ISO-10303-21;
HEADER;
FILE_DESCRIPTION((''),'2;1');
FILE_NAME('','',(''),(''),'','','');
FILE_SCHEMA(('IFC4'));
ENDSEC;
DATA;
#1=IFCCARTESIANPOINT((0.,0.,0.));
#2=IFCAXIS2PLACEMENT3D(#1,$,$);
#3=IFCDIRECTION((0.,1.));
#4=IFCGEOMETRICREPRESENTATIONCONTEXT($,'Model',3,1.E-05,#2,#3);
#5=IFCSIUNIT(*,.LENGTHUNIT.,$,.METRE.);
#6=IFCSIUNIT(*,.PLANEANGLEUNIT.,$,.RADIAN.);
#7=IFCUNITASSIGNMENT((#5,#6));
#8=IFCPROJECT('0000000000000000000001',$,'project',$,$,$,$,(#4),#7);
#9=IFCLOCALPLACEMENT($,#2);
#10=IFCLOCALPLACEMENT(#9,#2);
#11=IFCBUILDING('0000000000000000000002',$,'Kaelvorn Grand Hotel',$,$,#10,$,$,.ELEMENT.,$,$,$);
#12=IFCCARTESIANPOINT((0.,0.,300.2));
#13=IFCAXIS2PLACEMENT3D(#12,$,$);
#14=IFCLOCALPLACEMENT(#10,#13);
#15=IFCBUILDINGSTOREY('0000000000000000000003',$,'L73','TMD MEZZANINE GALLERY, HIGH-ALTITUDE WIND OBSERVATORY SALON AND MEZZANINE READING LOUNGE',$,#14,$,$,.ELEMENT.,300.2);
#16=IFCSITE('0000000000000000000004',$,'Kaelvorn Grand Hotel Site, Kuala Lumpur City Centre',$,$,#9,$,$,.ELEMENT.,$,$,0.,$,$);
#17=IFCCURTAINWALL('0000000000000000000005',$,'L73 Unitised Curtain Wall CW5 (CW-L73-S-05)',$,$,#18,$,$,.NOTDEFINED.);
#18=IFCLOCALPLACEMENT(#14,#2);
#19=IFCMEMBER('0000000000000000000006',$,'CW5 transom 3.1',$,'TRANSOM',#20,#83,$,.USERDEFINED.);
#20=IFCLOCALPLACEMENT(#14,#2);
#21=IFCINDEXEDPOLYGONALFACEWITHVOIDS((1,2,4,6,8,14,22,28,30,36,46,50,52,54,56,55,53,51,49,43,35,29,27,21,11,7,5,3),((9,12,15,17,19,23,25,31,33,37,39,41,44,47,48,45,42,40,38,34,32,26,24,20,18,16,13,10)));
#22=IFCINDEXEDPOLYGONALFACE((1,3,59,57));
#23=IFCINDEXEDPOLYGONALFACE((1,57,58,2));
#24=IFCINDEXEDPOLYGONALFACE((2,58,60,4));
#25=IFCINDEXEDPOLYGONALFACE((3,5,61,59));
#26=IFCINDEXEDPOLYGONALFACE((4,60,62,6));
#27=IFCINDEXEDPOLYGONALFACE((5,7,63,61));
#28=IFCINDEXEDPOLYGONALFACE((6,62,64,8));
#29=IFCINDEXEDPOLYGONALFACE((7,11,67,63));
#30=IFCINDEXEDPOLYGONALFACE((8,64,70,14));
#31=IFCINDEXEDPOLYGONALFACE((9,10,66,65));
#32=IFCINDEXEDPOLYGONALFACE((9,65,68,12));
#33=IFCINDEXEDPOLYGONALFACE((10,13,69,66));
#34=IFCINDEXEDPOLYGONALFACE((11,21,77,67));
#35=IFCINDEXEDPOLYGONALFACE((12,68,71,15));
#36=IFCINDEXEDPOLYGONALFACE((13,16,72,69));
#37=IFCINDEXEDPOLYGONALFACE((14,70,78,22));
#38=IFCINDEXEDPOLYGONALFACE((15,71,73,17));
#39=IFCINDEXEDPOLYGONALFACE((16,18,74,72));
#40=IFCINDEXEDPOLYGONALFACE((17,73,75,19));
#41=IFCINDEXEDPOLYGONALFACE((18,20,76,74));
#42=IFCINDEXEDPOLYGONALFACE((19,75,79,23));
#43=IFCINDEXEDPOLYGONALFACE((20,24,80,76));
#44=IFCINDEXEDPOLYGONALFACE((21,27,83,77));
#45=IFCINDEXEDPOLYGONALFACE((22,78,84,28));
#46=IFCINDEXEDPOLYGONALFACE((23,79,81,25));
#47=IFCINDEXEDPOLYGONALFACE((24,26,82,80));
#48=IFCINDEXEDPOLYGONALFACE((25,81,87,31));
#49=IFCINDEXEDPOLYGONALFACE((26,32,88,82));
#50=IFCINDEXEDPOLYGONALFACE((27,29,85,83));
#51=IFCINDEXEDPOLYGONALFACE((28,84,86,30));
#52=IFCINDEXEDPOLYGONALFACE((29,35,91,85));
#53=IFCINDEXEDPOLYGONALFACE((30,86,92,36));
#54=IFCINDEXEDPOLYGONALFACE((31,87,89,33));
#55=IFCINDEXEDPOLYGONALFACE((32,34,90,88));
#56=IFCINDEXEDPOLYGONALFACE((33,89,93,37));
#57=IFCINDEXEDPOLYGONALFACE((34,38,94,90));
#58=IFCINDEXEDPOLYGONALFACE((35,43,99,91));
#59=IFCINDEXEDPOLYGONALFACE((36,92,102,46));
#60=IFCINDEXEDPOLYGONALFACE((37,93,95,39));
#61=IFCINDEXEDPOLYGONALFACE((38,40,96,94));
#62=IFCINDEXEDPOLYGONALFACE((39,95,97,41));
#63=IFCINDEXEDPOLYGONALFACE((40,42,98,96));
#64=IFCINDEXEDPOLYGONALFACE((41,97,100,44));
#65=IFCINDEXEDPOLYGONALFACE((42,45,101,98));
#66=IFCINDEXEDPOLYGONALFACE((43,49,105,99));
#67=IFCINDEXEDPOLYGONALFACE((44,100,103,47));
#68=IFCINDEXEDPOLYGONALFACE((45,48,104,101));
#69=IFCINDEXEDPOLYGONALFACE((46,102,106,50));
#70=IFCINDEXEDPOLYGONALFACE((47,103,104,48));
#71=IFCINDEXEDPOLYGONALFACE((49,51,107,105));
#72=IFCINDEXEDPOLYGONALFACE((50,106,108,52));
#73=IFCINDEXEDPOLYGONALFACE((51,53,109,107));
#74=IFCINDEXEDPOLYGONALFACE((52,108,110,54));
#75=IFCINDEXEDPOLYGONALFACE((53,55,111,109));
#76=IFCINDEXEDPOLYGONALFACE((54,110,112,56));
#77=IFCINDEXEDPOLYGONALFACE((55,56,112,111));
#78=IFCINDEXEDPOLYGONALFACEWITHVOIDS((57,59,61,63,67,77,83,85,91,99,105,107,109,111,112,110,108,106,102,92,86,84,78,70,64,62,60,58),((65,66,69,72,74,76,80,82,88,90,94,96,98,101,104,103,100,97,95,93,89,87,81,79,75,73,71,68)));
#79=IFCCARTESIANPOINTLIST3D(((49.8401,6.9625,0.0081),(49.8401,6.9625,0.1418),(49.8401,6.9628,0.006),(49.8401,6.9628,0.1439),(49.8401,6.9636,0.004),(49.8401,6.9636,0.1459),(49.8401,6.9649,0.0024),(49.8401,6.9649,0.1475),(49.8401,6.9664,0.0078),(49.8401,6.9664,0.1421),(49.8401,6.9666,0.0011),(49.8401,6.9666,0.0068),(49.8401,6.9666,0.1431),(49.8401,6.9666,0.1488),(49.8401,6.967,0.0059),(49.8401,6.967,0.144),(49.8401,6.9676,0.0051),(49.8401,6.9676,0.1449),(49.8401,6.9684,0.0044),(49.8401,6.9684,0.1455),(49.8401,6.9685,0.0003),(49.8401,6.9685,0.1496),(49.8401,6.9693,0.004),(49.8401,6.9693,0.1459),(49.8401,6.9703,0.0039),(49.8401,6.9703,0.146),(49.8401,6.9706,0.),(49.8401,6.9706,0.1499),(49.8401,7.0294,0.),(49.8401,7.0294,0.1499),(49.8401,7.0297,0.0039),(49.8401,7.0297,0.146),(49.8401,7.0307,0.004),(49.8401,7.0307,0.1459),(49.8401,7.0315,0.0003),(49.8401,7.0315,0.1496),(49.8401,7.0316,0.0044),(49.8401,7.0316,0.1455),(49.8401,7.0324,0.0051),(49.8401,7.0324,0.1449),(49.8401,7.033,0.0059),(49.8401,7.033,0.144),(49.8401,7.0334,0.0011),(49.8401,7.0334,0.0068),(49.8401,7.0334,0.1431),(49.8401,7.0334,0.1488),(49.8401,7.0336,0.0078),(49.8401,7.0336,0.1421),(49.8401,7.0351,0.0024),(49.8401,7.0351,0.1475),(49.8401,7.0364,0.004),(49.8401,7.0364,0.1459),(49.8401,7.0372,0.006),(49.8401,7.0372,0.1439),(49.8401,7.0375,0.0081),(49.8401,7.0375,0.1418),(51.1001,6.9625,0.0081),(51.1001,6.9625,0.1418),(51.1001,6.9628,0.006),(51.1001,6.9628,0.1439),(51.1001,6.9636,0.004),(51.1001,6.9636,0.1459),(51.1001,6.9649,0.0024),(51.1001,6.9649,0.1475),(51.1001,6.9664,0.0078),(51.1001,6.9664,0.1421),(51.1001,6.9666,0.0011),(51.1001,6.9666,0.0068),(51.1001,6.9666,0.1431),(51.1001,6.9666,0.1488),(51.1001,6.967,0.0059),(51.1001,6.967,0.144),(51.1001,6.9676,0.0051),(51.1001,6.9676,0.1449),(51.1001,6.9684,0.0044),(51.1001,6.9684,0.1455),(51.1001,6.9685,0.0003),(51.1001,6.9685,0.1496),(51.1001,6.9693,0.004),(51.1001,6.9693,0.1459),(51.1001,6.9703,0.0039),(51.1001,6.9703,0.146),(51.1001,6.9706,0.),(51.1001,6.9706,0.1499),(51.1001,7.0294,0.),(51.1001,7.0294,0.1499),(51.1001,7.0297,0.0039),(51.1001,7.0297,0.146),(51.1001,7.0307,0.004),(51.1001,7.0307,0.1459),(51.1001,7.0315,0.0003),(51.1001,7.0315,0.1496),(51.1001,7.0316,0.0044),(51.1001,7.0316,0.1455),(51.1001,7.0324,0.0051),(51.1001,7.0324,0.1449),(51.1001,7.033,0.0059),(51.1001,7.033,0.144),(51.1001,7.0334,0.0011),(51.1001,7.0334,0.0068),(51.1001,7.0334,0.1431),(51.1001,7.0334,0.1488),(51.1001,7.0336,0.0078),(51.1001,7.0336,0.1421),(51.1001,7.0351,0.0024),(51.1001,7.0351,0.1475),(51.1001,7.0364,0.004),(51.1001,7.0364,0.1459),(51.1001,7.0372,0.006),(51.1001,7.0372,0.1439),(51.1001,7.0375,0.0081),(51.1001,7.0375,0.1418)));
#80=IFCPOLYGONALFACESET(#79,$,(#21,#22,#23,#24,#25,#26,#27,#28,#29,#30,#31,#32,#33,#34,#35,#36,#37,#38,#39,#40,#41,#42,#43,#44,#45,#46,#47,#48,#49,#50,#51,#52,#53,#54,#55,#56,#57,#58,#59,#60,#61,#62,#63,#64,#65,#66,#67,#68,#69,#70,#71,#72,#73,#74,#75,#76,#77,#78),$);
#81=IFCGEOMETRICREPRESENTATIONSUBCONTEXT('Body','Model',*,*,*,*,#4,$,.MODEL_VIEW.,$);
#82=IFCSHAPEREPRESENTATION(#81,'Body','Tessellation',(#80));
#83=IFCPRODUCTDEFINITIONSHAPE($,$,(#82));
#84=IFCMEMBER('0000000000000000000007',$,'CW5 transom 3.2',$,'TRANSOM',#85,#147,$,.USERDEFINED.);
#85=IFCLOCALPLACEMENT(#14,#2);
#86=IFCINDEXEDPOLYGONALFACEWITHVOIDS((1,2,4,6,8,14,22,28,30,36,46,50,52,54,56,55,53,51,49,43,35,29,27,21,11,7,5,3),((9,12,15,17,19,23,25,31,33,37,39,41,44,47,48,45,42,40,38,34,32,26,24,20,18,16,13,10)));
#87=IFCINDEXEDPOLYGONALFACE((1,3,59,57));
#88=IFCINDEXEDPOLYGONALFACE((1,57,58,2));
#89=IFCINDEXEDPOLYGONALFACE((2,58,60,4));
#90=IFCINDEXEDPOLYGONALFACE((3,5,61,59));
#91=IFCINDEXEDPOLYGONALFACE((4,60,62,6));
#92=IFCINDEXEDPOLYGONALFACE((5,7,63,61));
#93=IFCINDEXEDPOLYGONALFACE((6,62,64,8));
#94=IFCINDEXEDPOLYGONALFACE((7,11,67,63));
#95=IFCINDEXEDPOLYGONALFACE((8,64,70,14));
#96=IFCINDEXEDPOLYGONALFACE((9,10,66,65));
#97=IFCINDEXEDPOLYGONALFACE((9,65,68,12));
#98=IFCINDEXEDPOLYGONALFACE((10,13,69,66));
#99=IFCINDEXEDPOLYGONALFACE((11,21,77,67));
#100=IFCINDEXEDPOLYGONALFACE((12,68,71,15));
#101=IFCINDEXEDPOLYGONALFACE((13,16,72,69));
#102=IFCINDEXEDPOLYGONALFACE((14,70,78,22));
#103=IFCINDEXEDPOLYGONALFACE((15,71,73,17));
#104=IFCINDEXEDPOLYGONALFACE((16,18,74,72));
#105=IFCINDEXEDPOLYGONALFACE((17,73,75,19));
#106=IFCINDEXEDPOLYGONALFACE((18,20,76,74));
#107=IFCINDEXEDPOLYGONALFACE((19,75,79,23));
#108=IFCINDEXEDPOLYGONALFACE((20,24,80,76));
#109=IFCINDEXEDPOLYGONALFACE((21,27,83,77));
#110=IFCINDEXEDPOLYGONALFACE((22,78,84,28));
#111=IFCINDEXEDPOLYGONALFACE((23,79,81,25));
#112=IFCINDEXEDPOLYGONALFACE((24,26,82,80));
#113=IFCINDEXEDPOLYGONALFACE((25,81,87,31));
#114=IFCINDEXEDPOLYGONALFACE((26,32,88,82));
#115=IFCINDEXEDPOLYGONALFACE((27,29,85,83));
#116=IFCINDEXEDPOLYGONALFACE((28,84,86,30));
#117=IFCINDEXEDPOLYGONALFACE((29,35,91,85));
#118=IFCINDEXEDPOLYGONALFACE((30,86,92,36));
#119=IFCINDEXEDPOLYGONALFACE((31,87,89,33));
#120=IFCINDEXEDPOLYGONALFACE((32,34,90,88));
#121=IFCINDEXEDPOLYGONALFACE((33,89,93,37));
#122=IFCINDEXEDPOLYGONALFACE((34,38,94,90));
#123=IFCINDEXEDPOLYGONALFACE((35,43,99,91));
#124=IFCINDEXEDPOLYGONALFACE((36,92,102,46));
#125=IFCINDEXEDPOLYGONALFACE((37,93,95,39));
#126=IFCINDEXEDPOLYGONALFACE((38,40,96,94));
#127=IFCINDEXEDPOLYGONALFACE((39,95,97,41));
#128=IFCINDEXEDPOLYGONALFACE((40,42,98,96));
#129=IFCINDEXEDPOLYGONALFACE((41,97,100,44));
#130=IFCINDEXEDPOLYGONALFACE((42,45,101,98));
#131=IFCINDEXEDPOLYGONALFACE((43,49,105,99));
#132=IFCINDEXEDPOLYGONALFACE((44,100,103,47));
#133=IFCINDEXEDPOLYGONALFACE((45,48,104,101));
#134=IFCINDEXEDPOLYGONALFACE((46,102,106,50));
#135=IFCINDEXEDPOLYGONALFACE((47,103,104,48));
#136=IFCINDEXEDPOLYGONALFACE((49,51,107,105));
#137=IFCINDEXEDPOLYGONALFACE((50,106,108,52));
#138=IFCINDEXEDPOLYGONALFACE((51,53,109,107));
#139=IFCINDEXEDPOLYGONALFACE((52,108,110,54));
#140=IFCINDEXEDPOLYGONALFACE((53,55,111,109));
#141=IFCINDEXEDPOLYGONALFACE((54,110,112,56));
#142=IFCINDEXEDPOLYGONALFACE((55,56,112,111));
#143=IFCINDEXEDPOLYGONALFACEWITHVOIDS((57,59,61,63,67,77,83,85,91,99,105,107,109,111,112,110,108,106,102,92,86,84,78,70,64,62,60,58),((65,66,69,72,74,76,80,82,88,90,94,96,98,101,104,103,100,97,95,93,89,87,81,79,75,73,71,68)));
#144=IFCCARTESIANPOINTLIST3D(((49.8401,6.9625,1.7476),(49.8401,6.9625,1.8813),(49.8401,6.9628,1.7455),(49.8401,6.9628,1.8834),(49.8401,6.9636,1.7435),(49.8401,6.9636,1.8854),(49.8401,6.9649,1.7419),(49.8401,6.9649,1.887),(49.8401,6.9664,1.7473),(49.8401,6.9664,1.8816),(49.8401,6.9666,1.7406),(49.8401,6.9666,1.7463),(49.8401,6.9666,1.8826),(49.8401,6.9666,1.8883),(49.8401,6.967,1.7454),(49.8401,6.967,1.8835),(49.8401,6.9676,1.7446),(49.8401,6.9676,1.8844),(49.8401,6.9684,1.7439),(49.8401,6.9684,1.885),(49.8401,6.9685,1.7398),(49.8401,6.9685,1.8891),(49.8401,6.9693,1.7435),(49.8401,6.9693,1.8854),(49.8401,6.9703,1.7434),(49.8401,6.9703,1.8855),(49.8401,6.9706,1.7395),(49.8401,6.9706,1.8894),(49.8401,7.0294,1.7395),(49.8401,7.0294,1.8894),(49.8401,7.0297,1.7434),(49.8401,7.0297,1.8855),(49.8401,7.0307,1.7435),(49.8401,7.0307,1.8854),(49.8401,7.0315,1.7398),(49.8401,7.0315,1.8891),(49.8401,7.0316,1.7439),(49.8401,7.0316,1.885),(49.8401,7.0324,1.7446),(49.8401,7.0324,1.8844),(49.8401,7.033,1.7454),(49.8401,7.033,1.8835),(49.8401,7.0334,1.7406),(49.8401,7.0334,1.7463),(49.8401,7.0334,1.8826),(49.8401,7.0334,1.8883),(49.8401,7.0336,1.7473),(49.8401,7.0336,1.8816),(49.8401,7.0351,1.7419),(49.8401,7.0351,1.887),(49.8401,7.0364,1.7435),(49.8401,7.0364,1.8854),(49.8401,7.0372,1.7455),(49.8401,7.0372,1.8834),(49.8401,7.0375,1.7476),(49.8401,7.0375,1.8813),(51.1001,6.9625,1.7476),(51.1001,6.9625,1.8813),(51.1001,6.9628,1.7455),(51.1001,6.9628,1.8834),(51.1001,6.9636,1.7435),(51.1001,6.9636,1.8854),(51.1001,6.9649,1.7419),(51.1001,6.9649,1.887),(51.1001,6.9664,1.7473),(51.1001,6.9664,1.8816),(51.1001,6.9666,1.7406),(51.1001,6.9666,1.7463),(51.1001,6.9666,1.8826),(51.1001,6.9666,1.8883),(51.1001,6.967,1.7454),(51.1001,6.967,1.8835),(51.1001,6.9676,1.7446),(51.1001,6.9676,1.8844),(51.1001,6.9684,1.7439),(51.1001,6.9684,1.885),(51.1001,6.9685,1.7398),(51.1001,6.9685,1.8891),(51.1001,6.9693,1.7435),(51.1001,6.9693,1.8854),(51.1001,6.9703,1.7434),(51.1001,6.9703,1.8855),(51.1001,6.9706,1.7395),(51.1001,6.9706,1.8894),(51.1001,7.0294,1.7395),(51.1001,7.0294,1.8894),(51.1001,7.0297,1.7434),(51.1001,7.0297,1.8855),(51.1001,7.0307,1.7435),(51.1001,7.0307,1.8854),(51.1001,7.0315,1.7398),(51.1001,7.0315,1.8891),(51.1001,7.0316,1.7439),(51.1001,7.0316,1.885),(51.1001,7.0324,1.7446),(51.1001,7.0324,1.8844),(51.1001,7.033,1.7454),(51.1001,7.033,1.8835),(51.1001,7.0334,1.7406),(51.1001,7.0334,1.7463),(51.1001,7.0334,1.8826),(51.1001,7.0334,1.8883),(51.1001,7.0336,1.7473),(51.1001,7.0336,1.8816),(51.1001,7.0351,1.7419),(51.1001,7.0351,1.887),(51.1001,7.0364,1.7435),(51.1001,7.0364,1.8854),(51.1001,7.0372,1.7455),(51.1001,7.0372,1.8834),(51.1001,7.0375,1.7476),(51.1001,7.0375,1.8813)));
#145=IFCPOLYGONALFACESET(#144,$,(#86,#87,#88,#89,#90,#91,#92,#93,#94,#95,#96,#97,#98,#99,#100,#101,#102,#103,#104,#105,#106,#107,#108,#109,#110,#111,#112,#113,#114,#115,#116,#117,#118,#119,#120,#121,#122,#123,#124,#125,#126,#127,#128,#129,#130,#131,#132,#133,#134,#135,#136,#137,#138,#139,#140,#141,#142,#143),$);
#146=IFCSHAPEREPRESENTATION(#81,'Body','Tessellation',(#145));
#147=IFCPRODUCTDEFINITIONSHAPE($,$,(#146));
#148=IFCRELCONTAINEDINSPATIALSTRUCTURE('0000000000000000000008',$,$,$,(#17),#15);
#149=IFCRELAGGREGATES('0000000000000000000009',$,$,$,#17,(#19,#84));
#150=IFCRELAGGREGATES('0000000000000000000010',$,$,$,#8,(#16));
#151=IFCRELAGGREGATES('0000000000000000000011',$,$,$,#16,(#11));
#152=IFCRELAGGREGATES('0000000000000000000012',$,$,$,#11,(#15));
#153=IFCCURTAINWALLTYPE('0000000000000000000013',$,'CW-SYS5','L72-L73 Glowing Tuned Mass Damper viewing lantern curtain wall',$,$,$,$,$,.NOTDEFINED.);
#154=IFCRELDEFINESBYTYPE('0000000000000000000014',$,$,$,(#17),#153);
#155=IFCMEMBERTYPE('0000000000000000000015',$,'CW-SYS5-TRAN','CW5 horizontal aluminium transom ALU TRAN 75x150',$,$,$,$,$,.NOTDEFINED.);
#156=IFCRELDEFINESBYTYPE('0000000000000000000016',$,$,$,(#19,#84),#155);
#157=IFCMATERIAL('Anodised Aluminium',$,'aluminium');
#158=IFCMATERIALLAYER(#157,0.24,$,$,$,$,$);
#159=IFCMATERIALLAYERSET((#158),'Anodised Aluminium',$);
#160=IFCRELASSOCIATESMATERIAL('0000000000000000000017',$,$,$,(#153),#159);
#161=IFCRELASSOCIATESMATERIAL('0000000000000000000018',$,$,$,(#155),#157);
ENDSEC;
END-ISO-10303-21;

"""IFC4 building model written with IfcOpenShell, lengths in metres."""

from ifc_helpers import new_model, si_unit, direction, frame, origin, origin_2d, place, context, subcontext, project, spatial, hollow_rectangle, extrude, material, layer, layer_set, material_profile, profile_set, type_object, element, aggregate, save


model = new_model("IFC4")

# Units and contexts
model_context = context("Model", 3, precision=1e-05, world=origin(), true_north=direction((0.0, 1.0)))
body_context = subcontext(model_context, "Body", "Model", "MODEL_VIEW")
ifc_project = project(units=[si_unit("LENGTHUNIT", "METRE"), si_unit("PLANEANGLEUNIT", "RADIAN")], contexts=[model_context])

# Site, building, storey
site_placement = place(None, origin())
site = spatial("IfcSite", under=ifc_project, at=site_placement, Name="Kaelvorn Grand Hotel Site, Kuala Lumpur City Centre", CompositionType="ELEMENT", RefElevation=0.0)
building_placement = place(site_placement, origin())
building = spatial("IfcBuilding", under=site, at=building_placement, Name="Kaelvorn Grand Hotel", CompositionType="ELEMENT")
storey_placement = place(building_placement, frame((0.0, 0.0, 300.2)))
storey = spatial("IfcBuildingStorey", under=building, at=storey_placement, Name="L73", Description="TMD MEZZANINE GALLERY, HIGH-ALTITUDE WIND OBSERVATORY SALON AND MEZZANINE READING LOUNGE", CompositionType="ELEMENT", Elevation=300.2)

# Curtain wall, members
ifc_material_1 = material(Name="Anodised Aluminium", Category="aluminium")
ifc_layer_1 = layer(ifc_material_1, 0.24)
ifc_layer_set_1 = layer_set([ifc_layer_1], Name="Anodised Aluminium")
curtain_wall_type = type_object("IfcCurtainWallType", Name="CW-SYS5", Description="L72-L73 Glowing Tuned Mass Damper viewing lantern curtain wall", PredefinedType="NOTDEFINED", material=ifc_layer_set_1)
curtain_wall_placement = place(storey_placement, origin())
curtain_wall = element("IfcCurtainWall", 1, at=curtain_wall_placement, inside=storey, type_object=curtain_wall_type, Name="L73 Unitised Curtain Wall CW5 (CW-L73-S-05)", PredefinedType="NOTDEFINED")
ifc_material_profile_1 = material_profile(ifc_material_1, hollow_rectangle(XDim=0.075, YDim=0.1499, WallThickness=0.0039, InnerFilletRadius=0.0039, OuterFilletRadius=0.0081, at=origin_2d()), Name="ALU TRAN 75x150")
ifc_profile_set_1 = profile_set([ifc_material_profile_1], Name="Anodised Aluminium")
member_type_1 = type_object("IfcMemberType", Name="CW-SYS5-TRAN", Description="CW5 horizontal aluminium transom ALU TRAN 75x150", PredefinedType="NOTDEFINED", material=ifc_profile_set_1)
member_1_placement = place(storey_placement, frame((49.8401, 7.0, 0.075), z_axis=(1.0, 0.0, 0.0), x_axis=(0.0, 1.0, 0.0)))
member_1 = element("IfcMember", 2, at=member_1_placement, type_object=member_type_1, Name="CW5 transom 3.1", ObjectType="TRANSOM", PredefinedType="USERDEFINED", context=body_context, shape_type="SweptSolid", body=[
    extrude(hollow_rectangle(XDim=0.075, YDim=0.1499, WallThickness=0.0039, InnerFilletRadius=0.0039, OuterFilletRadius=0.0081, at=origin_2d()), origin(), (0.0, 0.0, 1.0), 1.26),
])
member_2_placement = place(storey_placement, frame((49.8401, 7.0, 1.8145), z_axis=(1.0, 0.0, 0.0), x_axis=(0.0, 1.0, 0.0)))
member_2 = element("IfcMember", 3, at=member_2_placement, type_object=member_type_1, Name="CW5 transom 3.2", ObjectType="TRANSOM", PredefinedType="USERDEFINED", context=body_context, shape_type="SweptSolid", body=[
    extrude(hollow_rectangle(XDim=0.075, YDim=0.1499, WallThickness=0.0039, InnerFilletRadius=0.0039, OuterFilletRadius=0.0081, at=origin_2d()), origin(), (0.0, 0.0, 1.0), 1.26),
])
aggregate(curtain_wall, [member_1, member_2])

save(model, "model.ifc")
